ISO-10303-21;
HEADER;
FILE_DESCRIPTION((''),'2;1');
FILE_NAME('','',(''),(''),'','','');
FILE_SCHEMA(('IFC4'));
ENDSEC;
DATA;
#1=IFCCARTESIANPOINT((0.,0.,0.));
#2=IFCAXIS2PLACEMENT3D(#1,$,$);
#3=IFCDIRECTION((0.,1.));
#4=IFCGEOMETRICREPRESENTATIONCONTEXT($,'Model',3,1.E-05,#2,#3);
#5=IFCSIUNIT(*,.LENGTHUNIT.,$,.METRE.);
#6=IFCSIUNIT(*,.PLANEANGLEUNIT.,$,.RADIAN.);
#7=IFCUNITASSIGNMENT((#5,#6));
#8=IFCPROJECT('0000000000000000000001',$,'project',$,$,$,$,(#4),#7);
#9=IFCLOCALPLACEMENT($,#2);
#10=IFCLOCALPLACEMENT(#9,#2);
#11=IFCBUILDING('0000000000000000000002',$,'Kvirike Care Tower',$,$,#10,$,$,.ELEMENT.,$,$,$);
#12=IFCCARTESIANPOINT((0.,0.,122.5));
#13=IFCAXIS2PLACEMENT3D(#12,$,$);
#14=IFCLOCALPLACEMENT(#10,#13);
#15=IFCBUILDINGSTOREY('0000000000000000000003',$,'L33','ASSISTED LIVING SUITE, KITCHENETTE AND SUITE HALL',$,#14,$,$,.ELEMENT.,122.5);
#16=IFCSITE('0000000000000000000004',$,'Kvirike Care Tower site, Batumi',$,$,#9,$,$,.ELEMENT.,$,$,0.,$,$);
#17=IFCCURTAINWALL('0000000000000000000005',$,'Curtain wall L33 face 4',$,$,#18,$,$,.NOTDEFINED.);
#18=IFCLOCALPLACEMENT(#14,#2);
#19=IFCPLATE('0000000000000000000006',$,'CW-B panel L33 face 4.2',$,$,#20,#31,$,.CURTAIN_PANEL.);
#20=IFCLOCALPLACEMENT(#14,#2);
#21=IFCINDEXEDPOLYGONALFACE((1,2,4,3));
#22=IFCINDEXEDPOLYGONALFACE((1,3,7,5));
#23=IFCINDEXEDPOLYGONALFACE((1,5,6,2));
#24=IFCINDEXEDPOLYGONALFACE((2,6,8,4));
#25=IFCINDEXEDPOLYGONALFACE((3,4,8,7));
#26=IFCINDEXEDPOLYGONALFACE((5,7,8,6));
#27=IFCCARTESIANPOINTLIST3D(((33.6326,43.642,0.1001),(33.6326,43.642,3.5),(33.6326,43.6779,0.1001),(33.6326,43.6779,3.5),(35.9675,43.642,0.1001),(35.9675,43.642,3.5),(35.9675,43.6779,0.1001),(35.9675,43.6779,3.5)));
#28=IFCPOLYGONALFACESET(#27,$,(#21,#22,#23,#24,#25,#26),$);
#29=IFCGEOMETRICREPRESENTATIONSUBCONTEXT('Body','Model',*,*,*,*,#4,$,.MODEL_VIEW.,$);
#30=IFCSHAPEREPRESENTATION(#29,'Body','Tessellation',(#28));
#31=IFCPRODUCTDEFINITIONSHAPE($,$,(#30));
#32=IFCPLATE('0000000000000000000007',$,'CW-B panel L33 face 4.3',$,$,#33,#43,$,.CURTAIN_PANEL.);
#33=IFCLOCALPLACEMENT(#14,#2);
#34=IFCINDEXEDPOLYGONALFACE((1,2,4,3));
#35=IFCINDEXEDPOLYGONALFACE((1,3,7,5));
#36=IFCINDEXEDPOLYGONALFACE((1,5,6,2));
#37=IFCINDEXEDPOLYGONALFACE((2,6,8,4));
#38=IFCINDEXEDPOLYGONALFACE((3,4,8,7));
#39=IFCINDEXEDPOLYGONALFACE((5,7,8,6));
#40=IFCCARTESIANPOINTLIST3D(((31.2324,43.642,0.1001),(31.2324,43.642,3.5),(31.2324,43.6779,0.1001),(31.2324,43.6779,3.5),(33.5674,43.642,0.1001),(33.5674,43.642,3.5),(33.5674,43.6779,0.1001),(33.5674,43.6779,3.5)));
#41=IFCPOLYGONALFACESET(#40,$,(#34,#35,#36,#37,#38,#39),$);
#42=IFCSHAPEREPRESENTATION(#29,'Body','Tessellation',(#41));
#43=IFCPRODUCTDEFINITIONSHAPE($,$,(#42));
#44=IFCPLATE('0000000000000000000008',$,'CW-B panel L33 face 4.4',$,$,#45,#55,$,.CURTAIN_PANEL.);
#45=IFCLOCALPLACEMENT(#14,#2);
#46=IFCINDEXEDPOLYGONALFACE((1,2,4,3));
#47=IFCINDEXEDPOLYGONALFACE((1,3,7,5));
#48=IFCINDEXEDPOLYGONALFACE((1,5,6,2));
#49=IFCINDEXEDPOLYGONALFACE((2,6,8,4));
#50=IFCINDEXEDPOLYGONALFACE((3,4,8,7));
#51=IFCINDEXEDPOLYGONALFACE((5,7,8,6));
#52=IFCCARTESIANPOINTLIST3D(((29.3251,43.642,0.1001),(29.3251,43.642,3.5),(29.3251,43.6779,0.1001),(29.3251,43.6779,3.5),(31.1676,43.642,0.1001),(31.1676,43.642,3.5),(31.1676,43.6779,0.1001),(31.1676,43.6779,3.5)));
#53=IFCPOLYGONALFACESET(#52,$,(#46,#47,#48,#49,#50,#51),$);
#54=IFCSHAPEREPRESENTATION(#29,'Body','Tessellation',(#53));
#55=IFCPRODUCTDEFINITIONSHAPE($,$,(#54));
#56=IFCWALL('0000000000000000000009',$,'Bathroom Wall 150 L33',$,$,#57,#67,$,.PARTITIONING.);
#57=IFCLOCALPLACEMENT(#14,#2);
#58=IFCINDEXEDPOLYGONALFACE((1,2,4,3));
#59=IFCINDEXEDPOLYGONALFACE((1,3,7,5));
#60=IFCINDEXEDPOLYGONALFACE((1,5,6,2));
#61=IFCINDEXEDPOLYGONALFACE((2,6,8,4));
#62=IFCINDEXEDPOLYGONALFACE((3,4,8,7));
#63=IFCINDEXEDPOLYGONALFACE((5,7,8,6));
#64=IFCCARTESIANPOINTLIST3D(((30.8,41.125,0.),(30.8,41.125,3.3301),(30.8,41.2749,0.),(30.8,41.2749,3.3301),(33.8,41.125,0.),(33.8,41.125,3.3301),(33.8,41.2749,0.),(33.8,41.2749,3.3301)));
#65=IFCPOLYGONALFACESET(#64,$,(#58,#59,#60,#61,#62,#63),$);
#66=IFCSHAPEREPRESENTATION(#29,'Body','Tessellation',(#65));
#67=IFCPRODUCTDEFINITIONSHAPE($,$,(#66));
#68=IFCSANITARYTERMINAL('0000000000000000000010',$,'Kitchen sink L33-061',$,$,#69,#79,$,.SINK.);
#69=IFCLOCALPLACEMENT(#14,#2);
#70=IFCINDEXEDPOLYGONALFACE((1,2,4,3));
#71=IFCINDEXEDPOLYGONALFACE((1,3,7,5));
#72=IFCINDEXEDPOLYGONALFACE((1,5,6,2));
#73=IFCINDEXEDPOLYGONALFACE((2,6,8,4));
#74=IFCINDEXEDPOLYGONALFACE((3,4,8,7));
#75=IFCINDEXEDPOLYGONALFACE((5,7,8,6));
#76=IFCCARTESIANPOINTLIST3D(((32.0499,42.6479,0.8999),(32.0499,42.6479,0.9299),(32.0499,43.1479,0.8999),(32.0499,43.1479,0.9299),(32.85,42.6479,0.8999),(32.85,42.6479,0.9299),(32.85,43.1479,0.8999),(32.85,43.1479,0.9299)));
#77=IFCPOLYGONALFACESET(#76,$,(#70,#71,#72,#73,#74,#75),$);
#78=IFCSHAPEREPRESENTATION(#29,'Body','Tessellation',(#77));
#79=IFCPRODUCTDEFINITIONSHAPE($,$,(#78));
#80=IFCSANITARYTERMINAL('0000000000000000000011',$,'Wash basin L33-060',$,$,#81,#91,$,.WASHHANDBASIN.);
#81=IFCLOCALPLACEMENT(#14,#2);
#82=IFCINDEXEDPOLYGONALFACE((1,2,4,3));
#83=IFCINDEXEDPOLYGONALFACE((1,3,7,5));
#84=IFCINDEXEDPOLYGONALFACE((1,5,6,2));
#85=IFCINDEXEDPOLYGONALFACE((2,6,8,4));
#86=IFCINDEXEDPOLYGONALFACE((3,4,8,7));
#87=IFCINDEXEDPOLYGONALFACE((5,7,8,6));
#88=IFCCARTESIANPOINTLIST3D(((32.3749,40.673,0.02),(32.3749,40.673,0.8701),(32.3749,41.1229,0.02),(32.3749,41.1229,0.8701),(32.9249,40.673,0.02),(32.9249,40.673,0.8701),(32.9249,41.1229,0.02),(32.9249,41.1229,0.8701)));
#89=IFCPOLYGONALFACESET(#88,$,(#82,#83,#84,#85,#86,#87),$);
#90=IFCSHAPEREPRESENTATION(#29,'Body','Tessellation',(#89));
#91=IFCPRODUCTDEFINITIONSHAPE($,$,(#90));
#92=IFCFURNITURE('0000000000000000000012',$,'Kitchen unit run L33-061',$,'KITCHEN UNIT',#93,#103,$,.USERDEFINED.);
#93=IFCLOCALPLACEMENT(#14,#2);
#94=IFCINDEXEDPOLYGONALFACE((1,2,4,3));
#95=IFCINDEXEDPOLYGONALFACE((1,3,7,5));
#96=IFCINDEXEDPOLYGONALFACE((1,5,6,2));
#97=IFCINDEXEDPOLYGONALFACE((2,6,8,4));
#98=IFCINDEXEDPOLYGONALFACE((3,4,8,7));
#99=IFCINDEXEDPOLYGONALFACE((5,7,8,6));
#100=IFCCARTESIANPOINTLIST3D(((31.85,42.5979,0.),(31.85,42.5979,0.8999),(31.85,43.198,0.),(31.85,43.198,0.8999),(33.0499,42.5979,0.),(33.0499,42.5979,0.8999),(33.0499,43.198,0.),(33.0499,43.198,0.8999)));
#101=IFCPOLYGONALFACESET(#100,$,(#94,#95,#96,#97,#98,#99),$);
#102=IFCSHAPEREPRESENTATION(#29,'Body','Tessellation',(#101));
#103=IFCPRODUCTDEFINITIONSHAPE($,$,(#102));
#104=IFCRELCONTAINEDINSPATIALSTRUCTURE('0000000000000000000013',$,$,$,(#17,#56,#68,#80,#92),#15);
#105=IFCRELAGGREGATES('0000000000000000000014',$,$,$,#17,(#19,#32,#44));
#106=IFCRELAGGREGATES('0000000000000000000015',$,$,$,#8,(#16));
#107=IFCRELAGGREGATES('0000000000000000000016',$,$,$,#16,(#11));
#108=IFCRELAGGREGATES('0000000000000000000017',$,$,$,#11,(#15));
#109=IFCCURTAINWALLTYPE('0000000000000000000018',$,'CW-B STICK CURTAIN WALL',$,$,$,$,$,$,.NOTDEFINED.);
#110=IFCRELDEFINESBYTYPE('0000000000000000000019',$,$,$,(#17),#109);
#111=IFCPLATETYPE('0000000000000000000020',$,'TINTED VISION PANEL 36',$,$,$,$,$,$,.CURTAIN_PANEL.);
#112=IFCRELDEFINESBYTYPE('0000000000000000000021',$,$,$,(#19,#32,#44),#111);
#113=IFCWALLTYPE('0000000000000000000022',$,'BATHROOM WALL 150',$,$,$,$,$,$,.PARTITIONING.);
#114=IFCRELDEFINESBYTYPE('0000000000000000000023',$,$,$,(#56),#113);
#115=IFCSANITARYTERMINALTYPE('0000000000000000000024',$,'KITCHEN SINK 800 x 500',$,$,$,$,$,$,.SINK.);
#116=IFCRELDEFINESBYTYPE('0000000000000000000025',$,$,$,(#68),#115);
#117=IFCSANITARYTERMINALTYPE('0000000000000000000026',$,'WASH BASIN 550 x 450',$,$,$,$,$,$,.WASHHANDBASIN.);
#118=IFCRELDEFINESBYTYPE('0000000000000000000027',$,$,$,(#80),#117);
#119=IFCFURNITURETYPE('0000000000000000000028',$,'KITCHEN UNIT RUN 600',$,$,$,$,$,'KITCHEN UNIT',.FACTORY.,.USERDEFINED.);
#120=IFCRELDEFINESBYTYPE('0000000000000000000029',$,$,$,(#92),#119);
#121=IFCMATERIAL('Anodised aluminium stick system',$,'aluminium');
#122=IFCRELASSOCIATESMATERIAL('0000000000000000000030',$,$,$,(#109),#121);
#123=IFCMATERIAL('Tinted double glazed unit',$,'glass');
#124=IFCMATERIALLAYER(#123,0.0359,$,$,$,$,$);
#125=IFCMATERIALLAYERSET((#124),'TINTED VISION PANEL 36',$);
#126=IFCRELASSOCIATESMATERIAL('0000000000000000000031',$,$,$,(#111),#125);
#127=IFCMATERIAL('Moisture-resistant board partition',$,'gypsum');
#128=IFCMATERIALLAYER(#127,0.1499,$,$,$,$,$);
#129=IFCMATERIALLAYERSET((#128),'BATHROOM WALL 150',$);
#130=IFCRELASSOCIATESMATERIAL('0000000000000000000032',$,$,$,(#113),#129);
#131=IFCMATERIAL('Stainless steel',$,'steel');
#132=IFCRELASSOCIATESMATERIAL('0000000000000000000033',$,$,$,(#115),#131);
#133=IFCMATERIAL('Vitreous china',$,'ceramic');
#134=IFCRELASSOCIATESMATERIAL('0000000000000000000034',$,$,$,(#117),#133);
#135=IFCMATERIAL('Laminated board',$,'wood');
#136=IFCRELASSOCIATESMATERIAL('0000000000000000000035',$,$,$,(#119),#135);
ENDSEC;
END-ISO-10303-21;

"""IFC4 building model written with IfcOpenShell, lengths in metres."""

from ifc_helpers import new_model, si_unit, direction, frame, frame_2d, origin, origin_2d, place, context, subcontext, project, spatial, rectangle, extrude, material, layer, layer_set, type_object, element, aggregate, save


model = new_model("IFC4")

# Units and contexts
model_context = context("Model", 3, precision=1e-05, world=origin(), true_north=direction((0.0, 1.0)))
body_context = subcontext(model_context, "Body", "Model", "MODEL_VIEW")
ifc_project = project(units=[si_unit("LENGTHUNIT", "METRE"), si_unit("PLANEANGLEUNIT", "RADIAN")], contexts=[model_context])

# Site, building, storey
site_placement = place(None, origin())
site = spatial("IfcSite", under=ifc_project, at=site_placement, Name="Kvirike Care Tower site, Batumi", CompositionType="ELEMENT", RefElevation=0.0)
building_placement = place(site_placement, origin())
building = spatial("IfcBuilding", under=site, at=building_placement, Name="Kvirike Care Tower", CompositionType="ELEMENT")
storey_placement = place(building_placement, frame((0.0, 0.0, 122.5)))
storey = spatial("IfcBuildingStorey", under=building, at=storey_placement, Name="L33", Description="ASSISTED LIVING SUITE, KITCHENETTE AND SUITE HALL", CompositionType="ELEMENT", Elevation=122.5)

# Curtain wall
ifc_material_1 = material(Name="Anodised aluminium stick system", Category="aluminium")
curtain_wall_type = type_object("IfcCurtainWallType", Name="CW-B STICK CURTAIN WALL", PredefinedType="NOTDEFINED", material=ifc_material_1)
curtain_wall_1_placement = place(storey_placement, origin())
curtain_wall_1 = element("IfcCurtainWall", 1, at=curtain_wall_1_placement, inside=storey, type_object=curtain_wall_type, Name="Curtain wall L33 face 4", PredefinedType="NOTDEFINED")

# Plates
ifc_material_2 = material(Name="Tinted double glazed unit", Category="glass")
ifc_layer_1 = layer(ifc_material_2, 0.0359)
ifc_layer_set_1 = layer_set([ifc_layer_1], Name="TINTED VISION PANEL 36")
plate_type = type_object("IfcPlateType", Name="TINTED VISION PANEL 36", PredefinedType="CURTAIN_PANEL", material=ifc_layer_set_1)
plate_1_placement = place(storey_placement, frame((34.8, 43.6599, 0.1001), z_axis=(0.0, 0.0, 1.0), x_axis=(-1.0, 0.0, 0.0)))
plate_1 = element("IfcPlate", 2, at=plate_1_placement, type_object=plate_type, Name="CW-B panel L33 face 4.2", PredefinedType="CURTAIN_PANEL", context=body_context, shape_type="SweptSolid", body=[
    extrude(rectangle(XDim=2.335, YDim=0.0359, at=origin_2d()), origin(), (0.0, 0.0, 1.0), 3.3999),
])
plate_2_placement = place(storey_placement, frame((32.3999, 43.6599, 0.1001), z_axis=(0.0, 0.0, 1.0), x_axis=(-1.0, 0.0, 0.0)))
plate_2 = element("IfcPlate", 3, at=plate_2_placement, type_object=plate_type, Name="CW-B panel L33 face 4.3", PredefinedType="CURTAIN_PANEL", context=body_context, shape_type="SweptSolid", body=[
    extrude(rectangle(XDim=2.335, YDim=0.0359, at=origin_2d()), origin(), (0.0, 0.0, 1.0), 3.3999),
])
plate_3_placement = place(storey_placement, frame((30.2463, 43.6599, 0.1001), z_axis=(0.0, 0.0, 1.0), x_axis=(-1.0, 0.0, 0.0)))
plate_3 = element("IfcPlate", 4, at=plate_3_placement, type_object=plate_type, Name="CW-B panel L33 face 4.4", PredefinedType="CURTAIN_PANEL", context=body_context, shape_type="SweptSolid", body=[
    extrude(rectangle(XDim=1.8425, YDim=0.0359, at=origin_2d()), origin(), (0.0, 0.0, 1.0), 3.3999),
])
aggregate(curtain_wall_1, [plate_1, plate_2, plate_3])

# Wall
ifc_material_3 = material(Name="Moisture-resistant board partition", Category="gypsum")
ifc_layer_2 = layer(ifc_material_3, 0.1499)
ifc_layer_set_2 = layer_set([ifc_layer_2], Name="BATHROOM WALL 150")
wall_type = type_object("IfcWallType", Name="BATHROOM WALL 150", PredefinedType="PARTITIONING", material=ifc_layer_set_2)
wall_placement = place(storey_placement, frame((33.8, 41.2, 0.0), z_axis=(0.0, 0.0, 1.0), x_axis=(-1.0, 0.0, 0.0)))
element("IfcWall", 5, at=wall_placement, inside=storey, type_object=wall_type, Name="Bathroom Wall 150 L33", PredefinedType="PARTITIONING", context=body_context, shape_type="SweptSolid", body=[
    extrude(rectangle(XDim=3.0, YDim=0.1499, at=frame_2d((1.5, 0.0))), origin(), (0.0, 0.0, 1.0), 3.3301),
])

# Sanitary terminals
ifc_material_4 = material(Name="Stainless steel", Category="steel")
sanitary_terminal_type_1 = type_object("IfcSanitaryTerminalType", Name="KITCHEN SINK 800 x 500", PredefinedType="SINK", material=ifc_material_4)
sanitary_terminal_1_placement = place(storey_placement, frame((32.45, 42.8979, 0.8999), z_axis=(0.0, 0.0, 1.0), x_axis=(1.0, 0.0, 0.0)))
element("IfcSanitaryTerminal", 6, at=sanitary_terminal_1_placement, inside=storey, type_object=sanitary_terminal_type_1, Name="Kitchen sink L33-061", PredefinedType="SINK", context=body_context, shape_type="SweptSolid", body=[
    extrude(rectangle(XDim=0.8, YDim=0.5, at=origin_2d()), origin(), (0.0, 0.0, 1.0), 0.03),
])
ifc_material_5 = material(Name="Vitreous china", Category="ceramic")
sanitary_terminal_type_2 = type_object("IfcSanitaryTerminalType", Name="WASH BASIN 550 x 450", PredefinedType="WASHHANDBASIN", material=ifc_material_5)
sanitary_terminal_2_placement = place(storey_placement, frame((32.6499, 40.8979, 0.02), z_axis=(0.0, 0.0, 1.0), x_axis=(1.0, 0.0, 0.0)))
element("IfcSanitaryTerminal", 7, at=sanitary_terminal_2_placement, inside=storey, type_object=sanitary_terminal_type_2, Name="Wash basin L33-060", PredefinedType="WASHHANDBASIN", context=body_context, shape_type="SweptSolid", body=[
    extrude(rectangle(XDim=0.55, YDim=0.45, at=origin_2d()), origin(), (0.0, 0.0, 1.0), 0.8501),
])

# Furniture
ifc_material_6 = material(Name="Laminated board", Category="wood")
furniture_type = type_object("IfcFurnitureType", Name="KITCHEN UNIT RUN 600", ElementType="KITCHEN UNIT", AssemblyPlace="FACTORY", PredefinedType="USERDEFINED", material=ifc_material_6)
furniture_placement = place(storey_placement, frame((32.45, 42.8979, 0.0), z_axis=(0.0, 0.0, 1.0), x_axis=(1.0, 0.0, 0.0)))
element("IfcFurniture", 8, at=furniture_placement, inside=storey, type_object=furniture_type, Name="Kitchen unit run L33-061", ObjectType="KITCHEN UNIT", PredefinedType="USERDEFINED", context=body_context, shape_type="SweptSolid", body=[
    extrude(rectangle(XDim=1.2, YDim=0.6001, at=origin_2d()), origin(), (0.0, 0.0, 1.0), 0.8999),
])

save(model, "model.ifc")
